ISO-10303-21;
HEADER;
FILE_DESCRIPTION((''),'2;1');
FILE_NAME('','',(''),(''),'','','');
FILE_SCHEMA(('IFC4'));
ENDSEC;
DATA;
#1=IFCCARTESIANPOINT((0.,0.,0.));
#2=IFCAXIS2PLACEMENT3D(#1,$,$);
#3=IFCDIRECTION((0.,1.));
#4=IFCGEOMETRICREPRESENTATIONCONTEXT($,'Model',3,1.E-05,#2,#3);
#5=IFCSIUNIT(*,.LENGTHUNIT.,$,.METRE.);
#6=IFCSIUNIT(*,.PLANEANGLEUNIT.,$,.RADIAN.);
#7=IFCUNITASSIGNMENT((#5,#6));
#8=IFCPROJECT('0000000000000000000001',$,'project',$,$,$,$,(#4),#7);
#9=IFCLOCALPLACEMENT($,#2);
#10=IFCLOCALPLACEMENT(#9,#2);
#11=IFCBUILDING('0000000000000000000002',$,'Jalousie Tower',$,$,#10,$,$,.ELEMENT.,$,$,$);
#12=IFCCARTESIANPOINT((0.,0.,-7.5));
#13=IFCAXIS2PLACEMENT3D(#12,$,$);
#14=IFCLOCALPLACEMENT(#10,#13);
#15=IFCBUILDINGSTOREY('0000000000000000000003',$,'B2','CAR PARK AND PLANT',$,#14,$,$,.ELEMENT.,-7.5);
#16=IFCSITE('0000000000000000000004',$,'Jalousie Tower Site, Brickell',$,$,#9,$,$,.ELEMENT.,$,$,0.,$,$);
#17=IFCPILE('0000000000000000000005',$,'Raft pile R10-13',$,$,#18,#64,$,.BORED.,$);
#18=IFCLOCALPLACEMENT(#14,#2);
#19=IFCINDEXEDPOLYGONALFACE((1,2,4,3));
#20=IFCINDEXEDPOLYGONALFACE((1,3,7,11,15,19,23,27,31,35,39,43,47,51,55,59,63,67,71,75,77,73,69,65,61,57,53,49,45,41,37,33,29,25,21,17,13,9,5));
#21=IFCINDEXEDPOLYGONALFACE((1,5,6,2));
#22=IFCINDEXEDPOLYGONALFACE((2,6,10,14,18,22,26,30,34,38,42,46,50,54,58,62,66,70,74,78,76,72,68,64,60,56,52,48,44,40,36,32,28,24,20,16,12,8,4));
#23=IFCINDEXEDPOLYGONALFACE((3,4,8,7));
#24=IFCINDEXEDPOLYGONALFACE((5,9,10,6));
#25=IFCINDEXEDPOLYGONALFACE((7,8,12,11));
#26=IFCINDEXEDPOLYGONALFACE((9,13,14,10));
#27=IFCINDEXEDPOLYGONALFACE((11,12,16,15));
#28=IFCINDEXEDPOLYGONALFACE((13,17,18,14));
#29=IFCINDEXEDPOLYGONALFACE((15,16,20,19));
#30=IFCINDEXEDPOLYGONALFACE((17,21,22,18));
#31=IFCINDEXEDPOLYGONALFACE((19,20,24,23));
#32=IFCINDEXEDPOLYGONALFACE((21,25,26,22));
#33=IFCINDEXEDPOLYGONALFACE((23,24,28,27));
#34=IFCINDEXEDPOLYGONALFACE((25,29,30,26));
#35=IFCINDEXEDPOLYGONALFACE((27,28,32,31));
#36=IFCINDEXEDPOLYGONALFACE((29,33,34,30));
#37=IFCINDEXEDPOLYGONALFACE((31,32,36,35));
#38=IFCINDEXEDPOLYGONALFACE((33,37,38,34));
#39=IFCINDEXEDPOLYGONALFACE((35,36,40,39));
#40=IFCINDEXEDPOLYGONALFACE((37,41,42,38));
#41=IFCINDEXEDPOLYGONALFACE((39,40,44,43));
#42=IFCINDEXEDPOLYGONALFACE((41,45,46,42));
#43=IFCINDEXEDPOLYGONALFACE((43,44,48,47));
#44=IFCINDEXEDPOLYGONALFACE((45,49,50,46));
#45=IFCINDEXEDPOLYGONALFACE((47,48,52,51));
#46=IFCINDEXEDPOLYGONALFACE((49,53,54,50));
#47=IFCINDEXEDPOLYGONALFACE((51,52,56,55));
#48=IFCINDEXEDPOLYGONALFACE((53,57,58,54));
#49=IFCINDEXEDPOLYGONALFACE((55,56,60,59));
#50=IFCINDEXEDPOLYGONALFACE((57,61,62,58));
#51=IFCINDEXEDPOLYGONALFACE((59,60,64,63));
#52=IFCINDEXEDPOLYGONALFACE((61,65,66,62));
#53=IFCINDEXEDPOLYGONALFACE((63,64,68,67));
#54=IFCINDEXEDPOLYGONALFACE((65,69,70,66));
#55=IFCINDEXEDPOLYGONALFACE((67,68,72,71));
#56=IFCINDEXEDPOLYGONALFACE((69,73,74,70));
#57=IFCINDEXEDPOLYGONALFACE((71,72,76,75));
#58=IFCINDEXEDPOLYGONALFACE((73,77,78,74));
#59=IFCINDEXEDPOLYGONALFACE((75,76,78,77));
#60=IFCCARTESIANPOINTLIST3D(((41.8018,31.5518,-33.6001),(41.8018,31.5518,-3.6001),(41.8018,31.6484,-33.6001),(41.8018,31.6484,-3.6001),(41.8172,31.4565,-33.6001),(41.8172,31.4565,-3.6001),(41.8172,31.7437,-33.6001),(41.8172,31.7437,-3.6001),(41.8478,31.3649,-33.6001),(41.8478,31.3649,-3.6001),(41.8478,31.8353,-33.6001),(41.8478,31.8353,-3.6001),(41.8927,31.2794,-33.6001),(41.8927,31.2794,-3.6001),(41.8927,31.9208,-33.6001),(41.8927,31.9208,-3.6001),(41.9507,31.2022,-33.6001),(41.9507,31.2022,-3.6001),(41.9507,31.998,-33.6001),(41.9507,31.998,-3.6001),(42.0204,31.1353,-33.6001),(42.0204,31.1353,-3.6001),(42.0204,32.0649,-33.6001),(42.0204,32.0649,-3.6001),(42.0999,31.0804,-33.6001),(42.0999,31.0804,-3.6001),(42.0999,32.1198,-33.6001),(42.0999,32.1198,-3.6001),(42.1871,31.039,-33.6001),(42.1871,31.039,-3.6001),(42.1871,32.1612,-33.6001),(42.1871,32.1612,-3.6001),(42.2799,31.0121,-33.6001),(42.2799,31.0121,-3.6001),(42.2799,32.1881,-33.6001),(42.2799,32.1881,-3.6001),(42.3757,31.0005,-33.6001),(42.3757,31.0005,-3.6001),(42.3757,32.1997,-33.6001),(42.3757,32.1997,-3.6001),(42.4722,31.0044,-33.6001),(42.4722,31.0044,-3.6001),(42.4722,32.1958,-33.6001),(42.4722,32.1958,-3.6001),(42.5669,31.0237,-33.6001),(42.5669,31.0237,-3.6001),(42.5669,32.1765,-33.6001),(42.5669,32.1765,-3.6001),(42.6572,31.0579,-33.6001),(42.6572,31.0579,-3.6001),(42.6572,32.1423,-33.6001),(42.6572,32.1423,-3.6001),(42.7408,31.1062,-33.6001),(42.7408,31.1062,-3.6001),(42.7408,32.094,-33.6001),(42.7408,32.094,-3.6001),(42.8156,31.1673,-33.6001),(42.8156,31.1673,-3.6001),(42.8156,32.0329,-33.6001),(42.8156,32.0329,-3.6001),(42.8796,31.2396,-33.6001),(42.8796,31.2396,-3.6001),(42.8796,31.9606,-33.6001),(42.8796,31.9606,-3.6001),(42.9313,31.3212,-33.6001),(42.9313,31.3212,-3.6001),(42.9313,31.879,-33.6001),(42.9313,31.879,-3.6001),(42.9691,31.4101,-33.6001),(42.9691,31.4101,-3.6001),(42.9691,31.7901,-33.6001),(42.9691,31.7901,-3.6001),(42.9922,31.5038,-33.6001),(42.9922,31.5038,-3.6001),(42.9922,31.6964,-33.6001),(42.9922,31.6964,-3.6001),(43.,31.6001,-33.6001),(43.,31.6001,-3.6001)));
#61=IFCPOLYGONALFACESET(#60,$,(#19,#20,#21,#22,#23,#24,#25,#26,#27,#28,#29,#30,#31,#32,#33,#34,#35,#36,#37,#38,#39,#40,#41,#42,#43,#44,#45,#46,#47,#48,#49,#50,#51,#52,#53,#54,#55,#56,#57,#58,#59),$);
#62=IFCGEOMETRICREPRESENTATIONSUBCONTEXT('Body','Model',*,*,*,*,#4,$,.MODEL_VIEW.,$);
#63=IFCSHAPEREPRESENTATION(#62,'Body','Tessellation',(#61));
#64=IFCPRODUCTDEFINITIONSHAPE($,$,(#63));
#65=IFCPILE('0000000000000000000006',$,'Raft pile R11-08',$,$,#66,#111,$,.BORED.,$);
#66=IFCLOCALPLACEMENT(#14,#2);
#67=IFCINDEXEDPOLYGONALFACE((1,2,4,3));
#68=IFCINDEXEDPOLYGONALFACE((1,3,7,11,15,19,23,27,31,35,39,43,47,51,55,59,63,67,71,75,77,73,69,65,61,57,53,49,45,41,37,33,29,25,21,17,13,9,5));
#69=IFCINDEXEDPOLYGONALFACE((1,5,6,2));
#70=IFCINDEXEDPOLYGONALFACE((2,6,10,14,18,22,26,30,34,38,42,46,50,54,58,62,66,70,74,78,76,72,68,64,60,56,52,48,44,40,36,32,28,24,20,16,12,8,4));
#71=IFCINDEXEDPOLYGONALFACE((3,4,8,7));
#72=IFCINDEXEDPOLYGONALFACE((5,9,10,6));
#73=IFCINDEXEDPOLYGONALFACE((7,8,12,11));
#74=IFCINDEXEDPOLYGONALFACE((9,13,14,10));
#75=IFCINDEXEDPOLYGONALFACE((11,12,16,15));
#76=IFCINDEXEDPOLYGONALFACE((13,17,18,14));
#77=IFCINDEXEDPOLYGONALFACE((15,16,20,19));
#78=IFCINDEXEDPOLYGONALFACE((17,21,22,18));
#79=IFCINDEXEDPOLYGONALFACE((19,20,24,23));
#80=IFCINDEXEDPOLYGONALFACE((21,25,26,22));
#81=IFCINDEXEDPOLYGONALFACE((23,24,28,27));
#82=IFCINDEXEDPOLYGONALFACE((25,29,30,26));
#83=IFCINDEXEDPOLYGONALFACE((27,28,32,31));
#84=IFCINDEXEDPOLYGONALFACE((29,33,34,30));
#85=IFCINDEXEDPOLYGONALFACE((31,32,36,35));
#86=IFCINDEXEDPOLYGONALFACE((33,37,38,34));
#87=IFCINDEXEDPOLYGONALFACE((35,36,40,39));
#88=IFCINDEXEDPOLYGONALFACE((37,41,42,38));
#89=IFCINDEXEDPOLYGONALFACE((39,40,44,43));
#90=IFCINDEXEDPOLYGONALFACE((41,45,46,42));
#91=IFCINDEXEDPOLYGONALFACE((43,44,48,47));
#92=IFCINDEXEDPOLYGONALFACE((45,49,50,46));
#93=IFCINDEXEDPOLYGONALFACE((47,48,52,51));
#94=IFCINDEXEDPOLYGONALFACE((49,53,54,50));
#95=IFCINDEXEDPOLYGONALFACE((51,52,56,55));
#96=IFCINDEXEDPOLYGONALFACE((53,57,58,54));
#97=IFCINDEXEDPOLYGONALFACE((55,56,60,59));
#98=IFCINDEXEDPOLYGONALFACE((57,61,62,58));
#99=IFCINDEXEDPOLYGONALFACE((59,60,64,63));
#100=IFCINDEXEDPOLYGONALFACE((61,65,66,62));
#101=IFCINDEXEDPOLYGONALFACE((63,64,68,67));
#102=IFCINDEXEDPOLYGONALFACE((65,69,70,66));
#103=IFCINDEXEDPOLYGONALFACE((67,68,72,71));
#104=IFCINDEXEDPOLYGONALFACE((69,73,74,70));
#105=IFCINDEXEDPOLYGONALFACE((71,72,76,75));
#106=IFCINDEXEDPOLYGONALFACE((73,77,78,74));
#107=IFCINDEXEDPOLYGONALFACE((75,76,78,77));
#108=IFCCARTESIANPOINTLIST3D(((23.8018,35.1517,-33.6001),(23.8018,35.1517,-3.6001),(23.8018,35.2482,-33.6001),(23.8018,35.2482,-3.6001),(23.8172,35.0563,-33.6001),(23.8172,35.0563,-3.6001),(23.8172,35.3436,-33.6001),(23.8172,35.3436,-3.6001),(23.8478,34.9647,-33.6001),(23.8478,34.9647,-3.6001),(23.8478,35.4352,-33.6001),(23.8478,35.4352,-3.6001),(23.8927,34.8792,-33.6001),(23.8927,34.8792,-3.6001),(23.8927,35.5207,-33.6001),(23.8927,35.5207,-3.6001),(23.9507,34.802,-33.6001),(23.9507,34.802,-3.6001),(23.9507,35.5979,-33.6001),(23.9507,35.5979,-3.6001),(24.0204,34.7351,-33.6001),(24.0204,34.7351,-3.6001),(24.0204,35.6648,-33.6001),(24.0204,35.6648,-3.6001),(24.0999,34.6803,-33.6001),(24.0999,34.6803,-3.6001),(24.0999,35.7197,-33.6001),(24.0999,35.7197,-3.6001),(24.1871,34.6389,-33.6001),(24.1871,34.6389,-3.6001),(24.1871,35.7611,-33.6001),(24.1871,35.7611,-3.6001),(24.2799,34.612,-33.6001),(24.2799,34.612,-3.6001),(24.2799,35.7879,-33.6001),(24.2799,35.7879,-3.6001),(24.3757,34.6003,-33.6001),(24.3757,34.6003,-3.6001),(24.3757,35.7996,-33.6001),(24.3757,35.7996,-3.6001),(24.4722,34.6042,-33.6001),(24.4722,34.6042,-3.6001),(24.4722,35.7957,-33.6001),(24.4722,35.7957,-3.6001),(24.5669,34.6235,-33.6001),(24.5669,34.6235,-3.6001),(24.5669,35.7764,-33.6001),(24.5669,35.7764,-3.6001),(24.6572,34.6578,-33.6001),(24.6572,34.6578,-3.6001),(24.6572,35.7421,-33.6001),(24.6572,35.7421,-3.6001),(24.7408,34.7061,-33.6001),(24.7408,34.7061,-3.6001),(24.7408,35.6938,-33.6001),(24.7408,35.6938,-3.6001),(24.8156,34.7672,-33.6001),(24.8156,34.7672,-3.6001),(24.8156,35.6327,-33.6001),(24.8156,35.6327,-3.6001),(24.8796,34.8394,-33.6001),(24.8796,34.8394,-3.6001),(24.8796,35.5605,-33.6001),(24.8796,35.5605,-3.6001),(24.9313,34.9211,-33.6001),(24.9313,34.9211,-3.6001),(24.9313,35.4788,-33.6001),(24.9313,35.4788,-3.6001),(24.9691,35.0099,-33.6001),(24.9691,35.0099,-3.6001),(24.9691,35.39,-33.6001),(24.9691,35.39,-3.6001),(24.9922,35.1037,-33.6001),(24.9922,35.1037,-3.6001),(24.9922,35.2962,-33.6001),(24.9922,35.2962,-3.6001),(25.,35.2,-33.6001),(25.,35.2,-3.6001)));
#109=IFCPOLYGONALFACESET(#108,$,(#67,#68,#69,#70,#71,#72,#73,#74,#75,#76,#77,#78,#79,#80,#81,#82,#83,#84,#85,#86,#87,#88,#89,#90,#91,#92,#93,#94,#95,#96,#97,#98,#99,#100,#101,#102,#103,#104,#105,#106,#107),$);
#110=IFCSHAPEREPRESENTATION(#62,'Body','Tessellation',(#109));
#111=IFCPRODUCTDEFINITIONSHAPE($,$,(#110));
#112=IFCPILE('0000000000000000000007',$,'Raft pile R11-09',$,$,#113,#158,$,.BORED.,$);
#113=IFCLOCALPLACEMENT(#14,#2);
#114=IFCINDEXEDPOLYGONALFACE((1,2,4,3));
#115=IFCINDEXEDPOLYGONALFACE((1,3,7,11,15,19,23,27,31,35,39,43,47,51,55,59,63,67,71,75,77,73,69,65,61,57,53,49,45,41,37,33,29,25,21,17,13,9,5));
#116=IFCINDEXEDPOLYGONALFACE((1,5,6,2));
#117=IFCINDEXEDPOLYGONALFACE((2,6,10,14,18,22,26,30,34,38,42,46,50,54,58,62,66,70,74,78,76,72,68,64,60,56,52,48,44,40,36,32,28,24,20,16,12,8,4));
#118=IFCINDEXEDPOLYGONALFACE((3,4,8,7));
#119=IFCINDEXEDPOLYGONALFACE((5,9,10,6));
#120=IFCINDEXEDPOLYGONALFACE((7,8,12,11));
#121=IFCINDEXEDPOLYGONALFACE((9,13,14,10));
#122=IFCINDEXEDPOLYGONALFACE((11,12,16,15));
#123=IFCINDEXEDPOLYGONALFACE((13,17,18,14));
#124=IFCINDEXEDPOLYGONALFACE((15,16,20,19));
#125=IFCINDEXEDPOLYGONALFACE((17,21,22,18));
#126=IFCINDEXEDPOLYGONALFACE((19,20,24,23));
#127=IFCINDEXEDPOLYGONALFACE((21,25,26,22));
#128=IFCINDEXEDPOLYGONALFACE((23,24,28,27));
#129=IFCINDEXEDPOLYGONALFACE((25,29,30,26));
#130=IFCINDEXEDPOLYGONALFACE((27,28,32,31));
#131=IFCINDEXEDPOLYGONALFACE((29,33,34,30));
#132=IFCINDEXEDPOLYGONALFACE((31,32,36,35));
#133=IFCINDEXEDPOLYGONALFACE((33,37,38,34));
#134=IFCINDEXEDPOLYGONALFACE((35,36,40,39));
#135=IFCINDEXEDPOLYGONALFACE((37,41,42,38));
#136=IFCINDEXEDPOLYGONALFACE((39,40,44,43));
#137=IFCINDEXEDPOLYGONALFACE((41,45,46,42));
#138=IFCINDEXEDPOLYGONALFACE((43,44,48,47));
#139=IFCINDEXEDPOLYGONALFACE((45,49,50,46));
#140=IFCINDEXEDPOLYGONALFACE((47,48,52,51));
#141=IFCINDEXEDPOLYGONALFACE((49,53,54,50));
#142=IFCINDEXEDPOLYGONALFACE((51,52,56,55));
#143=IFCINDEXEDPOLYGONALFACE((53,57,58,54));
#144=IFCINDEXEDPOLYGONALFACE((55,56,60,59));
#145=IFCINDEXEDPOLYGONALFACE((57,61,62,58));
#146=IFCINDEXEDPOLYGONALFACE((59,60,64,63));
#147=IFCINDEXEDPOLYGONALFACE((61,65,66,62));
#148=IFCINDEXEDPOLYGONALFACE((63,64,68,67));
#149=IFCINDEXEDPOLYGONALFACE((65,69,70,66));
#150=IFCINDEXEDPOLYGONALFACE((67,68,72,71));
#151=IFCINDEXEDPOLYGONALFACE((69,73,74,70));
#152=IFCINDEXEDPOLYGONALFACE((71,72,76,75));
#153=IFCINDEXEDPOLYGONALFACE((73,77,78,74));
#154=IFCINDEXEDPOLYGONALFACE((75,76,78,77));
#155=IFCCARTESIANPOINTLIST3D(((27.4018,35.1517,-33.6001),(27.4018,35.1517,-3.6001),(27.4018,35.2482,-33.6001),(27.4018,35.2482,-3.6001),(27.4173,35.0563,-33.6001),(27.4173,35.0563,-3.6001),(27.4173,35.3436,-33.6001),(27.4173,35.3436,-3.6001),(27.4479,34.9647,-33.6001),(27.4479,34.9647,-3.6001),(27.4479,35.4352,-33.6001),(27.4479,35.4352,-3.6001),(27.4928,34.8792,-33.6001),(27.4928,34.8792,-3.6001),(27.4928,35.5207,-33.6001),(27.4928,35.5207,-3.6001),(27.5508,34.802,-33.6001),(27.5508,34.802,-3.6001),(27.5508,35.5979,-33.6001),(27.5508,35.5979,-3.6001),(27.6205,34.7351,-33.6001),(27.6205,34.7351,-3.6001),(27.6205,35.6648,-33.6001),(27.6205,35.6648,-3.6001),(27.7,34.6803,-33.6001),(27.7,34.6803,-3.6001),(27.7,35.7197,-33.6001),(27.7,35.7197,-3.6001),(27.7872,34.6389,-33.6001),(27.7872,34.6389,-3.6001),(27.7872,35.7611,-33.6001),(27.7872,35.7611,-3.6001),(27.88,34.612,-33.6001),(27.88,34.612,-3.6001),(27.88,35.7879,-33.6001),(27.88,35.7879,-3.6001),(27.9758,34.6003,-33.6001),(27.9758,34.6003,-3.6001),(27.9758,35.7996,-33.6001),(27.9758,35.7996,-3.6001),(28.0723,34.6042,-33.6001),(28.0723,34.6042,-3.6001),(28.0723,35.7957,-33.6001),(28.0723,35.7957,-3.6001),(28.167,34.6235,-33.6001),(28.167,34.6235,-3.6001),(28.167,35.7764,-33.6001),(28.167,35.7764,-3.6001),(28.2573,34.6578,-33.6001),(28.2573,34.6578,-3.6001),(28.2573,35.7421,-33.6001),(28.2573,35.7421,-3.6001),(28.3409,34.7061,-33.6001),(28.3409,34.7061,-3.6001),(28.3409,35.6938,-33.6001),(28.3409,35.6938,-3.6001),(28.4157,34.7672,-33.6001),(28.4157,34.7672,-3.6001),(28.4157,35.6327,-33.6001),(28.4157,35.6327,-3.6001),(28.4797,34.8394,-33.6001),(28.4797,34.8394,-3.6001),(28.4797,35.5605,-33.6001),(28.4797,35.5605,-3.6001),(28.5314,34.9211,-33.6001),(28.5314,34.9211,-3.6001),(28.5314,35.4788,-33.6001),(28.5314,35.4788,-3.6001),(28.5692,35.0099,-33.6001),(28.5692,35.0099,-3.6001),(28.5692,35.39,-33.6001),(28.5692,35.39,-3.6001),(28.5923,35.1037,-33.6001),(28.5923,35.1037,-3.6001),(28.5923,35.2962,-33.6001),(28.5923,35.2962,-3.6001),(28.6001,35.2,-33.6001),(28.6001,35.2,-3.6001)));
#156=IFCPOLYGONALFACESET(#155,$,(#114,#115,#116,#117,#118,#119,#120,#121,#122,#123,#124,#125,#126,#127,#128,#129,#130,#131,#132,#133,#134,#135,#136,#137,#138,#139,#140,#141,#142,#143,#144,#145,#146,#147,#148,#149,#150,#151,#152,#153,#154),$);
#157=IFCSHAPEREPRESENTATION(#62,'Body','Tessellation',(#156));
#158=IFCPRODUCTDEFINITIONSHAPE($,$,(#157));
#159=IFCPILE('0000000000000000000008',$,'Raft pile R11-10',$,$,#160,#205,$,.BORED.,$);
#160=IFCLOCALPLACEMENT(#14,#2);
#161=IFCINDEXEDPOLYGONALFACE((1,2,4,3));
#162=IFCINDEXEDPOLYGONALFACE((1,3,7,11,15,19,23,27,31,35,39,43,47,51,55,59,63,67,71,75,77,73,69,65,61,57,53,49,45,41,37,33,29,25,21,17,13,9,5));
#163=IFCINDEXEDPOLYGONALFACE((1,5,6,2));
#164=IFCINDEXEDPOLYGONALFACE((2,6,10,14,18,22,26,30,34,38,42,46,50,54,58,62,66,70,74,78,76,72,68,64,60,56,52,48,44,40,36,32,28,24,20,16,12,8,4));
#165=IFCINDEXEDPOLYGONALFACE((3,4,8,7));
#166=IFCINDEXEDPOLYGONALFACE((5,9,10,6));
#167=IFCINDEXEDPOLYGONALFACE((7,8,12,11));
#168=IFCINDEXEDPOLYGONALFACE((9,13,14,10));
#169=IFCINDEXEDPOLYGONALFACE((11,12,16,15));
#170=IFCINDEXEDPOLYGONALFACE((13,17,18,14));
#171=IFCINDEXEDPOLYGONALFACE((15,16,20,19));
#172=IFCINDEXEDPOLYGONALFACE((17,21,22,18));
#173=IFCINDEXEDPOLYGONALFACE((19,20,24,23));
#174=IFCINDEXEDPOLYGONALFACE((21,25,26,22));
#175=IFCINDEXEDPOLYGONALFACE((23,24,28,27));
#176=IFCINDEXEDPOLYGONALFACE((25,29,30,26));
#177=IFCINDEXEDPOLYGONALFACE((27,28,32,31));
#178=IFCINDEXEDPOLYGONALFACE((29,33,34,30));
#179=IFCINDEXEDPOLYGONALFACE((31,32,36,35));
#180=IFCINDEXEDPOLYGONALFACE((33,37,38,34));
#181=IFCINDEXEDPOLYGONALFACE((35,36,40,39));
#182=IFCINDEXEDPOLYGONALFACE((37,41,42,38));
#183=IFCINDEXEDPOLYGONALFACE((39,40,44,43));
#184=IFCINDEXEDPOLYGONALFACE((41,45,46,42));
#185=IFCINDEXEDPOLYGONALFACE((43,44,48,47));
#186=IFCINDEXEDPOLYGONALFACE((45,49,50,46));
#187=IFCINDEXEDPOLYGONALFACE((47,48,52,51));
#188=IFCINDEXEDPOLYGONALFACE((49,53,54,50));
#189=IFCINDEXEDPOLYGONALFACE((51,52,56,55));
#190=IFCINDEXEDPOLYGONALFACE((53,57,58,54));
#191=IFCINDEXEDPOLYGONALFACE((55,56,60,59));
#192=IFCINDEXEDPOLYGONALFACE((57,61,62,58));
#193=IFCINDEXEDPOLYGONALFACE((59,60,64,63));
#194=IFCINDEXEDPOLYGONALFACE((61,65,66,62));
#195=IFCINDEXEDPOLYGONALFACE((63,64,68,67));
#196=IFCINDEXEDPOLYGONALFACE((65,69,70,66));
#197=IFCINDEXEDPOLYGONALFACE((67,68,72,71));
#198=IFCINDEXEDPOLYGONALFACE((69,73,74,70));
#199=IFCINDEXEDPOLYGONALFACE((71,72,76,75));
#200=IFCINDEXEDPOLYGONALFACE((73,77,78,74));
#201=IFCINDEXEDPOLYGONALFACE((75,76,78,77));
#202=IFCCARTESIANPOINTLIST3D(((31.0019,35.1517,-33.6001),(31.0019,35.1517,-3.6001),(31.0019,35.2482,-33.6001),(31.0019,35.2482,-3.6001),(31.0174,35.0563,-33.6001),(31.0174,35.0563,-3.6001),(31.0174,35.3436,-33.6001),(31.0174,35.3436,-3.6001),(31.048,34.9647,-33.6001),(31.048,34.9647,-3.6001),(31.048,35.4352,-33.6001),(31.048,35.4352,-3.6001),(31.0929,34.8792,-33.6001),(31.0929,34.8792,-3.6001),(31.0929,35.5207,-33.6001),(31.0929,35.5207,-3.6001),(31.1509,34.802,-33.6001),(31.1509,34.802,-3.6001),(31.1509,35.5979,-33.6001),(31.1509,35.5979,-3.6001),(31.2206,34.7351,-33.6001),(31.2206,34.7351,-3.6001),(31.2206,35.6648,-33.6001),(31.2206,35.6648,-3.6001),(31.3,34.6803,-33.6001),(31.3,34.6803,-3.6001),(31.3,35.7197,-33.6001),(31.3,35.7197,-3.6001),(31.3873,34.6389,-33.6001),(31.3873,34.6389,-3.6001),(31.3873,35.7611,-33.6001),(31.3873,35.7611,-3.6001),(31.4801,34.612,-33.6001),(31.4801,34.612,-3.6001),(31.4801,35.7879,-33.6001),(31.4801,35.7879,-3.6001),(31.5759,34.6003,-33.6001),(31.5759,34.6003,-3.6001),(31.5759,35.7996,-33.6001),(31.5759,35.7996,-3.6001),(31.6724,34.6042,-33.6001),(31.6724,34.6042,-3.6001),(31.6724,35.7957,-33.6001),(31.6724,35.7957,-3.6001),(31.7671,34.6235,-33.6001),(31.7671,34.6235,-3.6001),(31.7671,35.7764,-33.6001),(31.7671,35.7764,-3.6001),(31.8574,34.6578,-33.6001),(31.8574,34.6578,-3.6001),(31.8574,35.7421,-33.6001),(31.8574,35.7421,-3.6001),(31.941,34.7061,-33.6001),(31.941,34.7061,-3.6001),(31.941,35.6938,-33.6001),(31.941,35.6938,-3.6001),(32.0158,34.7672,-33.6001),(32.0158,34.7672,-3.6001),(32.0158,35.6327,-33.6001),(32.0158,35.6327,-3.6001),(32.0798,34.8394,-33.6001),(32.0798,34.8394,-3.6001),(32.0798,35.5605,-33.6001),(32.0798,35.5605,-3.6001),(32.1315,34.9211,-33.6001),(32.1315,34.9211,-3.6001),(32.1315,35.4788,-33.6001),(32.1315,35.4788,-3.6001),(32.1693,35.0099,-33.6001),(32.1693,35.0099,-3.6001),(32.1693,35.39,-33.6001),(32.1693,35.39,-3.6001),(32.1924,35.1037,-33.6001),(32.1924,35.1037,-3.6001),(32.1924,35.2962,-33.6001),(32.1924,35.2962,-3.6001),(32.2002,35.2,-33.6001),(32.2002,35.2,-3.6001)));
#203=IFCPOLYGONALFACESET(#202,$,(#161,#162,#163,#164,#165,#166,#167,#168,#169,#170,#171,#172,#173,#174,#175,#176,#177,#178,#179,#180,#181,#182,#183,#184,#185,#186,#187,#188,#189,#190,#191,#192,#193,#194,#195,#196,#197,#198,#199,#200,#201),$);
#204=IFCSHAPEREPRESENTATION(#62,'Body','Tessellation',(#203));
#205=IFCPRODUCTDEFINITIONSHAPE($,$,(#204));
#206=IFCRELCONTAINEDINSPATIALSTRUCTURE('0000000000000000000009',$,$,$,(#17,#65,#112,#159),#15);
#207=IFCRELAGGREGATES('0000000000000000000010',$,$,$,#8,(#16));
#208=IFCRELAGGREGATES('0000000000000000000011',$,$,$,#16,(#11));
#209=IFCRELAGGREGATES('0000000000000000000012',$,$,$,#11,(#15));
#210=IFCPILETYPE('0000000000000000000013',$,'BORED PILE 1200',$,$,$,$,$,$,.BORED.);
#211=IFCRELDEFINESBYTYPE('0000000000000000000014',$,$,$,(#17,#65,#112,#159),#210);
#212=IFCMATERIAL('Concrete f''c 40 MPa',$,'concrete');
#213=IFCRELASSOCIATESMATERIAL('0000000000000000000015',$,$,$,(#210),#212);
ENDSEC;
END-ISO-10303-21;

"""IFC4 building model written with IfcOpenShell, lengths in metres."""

from ifc_helpers import new_model, si_unit, direction, frame, origin, origin_2d, place, context, subcontext, project, spatial, circle, extrude, material, material_profile, profile_set, type_object, element, save


model = new_model("IFC4")

# Units and contexts
model_context = context("Model", 3, precision=1e-05, world=origin(), true_north=direction((0.0, 1.0)))
body_context = subcontext(model_context, "Body", "Model", "MODEL_VIEW")
ifc_project = project(units=[si_unit("LENGTHUNIT", "METRE"), si_unit("PLANEANGLEUNIT", "RADIAN")], contexts=[model_context])

# Site, building, storey
site_placement = place(None, origin())
site = spatial("IfcSite", under=ifc_project, at=site_placement, Name="Jalousie Tower Site, Brickell", CompositionType="ELEMENT", RefElevation=0.0)
building_placement = place(site_placement, origin())
building = spatial("IfcBuilding", under=site, at=building_placement, Name="Jalousie Tower", CompositionType="ELEMENT")
storey_placement = place(building_placement, frame((0.0, 0.0, -7.5)))
storey = spatial("IfcBuildingStorey", under=building, at=storey_placement, Name="B2", Description="CAR PARK AND PLANT", CompositionType="ELEMENT", Elevation=-7.5)

# Piles
ifc_material_1 = material(Name="Concrete f'c 40 MPa", Category="concrete")
ifc_material_profile_1 = material_profile(ifc_material_1, circle(Radius=0.6001, at=origin_2d()), Name="BORED PILE D1200")
ifc_profile_set_1 = profile_set([ifc_material_profile_1], Name="Concrete f'c 40 MPa")
pile_type = type_object("IfcPileType", Name="BORED PILE 1200", PredefinedType="BORED", material=ifc_profile_set_1)
for number, where, z_axis, x_axis, name in (
    (1, (42.3999, 31.6001, -3.6001), (0.0, 0.0, -1.0), (1.0, 0.0, 0.0), "Raft pile R10-13"),
    (2, (24.3999, 35.2, -3.6001), (0.0, 0.0, -1.0), (1.0, 0.0, 0.0), "Raft pile R11-08"),
    (3, (28.0, 35.2, -3.6001), (0.0, 0.0, -1.0), (1.0, 0.0, 0.0), "Raft pile R11-09"),
    (4, (31.6001, 35.2, -3.6001), (0.0, 0.0, -1.0), (1.0, 0.0, 0.0), "Raft pile R11-10"),
):
    element("IfcPile", number, at=place(storey_placement, frame(where, z_axis=z_axis, x_axis=x_axis)), inside=storey, type_object=pile_type, Name=name, PredefinedType="BORED", context=body_context, shape_type="SweptSolid", body=[
        extrude(circle(Radius=0.6001, at=origin_2d()), origin(), (0.0, 0.0, 1.0), 30.0),
    ])

save(model, "model.ifc")
